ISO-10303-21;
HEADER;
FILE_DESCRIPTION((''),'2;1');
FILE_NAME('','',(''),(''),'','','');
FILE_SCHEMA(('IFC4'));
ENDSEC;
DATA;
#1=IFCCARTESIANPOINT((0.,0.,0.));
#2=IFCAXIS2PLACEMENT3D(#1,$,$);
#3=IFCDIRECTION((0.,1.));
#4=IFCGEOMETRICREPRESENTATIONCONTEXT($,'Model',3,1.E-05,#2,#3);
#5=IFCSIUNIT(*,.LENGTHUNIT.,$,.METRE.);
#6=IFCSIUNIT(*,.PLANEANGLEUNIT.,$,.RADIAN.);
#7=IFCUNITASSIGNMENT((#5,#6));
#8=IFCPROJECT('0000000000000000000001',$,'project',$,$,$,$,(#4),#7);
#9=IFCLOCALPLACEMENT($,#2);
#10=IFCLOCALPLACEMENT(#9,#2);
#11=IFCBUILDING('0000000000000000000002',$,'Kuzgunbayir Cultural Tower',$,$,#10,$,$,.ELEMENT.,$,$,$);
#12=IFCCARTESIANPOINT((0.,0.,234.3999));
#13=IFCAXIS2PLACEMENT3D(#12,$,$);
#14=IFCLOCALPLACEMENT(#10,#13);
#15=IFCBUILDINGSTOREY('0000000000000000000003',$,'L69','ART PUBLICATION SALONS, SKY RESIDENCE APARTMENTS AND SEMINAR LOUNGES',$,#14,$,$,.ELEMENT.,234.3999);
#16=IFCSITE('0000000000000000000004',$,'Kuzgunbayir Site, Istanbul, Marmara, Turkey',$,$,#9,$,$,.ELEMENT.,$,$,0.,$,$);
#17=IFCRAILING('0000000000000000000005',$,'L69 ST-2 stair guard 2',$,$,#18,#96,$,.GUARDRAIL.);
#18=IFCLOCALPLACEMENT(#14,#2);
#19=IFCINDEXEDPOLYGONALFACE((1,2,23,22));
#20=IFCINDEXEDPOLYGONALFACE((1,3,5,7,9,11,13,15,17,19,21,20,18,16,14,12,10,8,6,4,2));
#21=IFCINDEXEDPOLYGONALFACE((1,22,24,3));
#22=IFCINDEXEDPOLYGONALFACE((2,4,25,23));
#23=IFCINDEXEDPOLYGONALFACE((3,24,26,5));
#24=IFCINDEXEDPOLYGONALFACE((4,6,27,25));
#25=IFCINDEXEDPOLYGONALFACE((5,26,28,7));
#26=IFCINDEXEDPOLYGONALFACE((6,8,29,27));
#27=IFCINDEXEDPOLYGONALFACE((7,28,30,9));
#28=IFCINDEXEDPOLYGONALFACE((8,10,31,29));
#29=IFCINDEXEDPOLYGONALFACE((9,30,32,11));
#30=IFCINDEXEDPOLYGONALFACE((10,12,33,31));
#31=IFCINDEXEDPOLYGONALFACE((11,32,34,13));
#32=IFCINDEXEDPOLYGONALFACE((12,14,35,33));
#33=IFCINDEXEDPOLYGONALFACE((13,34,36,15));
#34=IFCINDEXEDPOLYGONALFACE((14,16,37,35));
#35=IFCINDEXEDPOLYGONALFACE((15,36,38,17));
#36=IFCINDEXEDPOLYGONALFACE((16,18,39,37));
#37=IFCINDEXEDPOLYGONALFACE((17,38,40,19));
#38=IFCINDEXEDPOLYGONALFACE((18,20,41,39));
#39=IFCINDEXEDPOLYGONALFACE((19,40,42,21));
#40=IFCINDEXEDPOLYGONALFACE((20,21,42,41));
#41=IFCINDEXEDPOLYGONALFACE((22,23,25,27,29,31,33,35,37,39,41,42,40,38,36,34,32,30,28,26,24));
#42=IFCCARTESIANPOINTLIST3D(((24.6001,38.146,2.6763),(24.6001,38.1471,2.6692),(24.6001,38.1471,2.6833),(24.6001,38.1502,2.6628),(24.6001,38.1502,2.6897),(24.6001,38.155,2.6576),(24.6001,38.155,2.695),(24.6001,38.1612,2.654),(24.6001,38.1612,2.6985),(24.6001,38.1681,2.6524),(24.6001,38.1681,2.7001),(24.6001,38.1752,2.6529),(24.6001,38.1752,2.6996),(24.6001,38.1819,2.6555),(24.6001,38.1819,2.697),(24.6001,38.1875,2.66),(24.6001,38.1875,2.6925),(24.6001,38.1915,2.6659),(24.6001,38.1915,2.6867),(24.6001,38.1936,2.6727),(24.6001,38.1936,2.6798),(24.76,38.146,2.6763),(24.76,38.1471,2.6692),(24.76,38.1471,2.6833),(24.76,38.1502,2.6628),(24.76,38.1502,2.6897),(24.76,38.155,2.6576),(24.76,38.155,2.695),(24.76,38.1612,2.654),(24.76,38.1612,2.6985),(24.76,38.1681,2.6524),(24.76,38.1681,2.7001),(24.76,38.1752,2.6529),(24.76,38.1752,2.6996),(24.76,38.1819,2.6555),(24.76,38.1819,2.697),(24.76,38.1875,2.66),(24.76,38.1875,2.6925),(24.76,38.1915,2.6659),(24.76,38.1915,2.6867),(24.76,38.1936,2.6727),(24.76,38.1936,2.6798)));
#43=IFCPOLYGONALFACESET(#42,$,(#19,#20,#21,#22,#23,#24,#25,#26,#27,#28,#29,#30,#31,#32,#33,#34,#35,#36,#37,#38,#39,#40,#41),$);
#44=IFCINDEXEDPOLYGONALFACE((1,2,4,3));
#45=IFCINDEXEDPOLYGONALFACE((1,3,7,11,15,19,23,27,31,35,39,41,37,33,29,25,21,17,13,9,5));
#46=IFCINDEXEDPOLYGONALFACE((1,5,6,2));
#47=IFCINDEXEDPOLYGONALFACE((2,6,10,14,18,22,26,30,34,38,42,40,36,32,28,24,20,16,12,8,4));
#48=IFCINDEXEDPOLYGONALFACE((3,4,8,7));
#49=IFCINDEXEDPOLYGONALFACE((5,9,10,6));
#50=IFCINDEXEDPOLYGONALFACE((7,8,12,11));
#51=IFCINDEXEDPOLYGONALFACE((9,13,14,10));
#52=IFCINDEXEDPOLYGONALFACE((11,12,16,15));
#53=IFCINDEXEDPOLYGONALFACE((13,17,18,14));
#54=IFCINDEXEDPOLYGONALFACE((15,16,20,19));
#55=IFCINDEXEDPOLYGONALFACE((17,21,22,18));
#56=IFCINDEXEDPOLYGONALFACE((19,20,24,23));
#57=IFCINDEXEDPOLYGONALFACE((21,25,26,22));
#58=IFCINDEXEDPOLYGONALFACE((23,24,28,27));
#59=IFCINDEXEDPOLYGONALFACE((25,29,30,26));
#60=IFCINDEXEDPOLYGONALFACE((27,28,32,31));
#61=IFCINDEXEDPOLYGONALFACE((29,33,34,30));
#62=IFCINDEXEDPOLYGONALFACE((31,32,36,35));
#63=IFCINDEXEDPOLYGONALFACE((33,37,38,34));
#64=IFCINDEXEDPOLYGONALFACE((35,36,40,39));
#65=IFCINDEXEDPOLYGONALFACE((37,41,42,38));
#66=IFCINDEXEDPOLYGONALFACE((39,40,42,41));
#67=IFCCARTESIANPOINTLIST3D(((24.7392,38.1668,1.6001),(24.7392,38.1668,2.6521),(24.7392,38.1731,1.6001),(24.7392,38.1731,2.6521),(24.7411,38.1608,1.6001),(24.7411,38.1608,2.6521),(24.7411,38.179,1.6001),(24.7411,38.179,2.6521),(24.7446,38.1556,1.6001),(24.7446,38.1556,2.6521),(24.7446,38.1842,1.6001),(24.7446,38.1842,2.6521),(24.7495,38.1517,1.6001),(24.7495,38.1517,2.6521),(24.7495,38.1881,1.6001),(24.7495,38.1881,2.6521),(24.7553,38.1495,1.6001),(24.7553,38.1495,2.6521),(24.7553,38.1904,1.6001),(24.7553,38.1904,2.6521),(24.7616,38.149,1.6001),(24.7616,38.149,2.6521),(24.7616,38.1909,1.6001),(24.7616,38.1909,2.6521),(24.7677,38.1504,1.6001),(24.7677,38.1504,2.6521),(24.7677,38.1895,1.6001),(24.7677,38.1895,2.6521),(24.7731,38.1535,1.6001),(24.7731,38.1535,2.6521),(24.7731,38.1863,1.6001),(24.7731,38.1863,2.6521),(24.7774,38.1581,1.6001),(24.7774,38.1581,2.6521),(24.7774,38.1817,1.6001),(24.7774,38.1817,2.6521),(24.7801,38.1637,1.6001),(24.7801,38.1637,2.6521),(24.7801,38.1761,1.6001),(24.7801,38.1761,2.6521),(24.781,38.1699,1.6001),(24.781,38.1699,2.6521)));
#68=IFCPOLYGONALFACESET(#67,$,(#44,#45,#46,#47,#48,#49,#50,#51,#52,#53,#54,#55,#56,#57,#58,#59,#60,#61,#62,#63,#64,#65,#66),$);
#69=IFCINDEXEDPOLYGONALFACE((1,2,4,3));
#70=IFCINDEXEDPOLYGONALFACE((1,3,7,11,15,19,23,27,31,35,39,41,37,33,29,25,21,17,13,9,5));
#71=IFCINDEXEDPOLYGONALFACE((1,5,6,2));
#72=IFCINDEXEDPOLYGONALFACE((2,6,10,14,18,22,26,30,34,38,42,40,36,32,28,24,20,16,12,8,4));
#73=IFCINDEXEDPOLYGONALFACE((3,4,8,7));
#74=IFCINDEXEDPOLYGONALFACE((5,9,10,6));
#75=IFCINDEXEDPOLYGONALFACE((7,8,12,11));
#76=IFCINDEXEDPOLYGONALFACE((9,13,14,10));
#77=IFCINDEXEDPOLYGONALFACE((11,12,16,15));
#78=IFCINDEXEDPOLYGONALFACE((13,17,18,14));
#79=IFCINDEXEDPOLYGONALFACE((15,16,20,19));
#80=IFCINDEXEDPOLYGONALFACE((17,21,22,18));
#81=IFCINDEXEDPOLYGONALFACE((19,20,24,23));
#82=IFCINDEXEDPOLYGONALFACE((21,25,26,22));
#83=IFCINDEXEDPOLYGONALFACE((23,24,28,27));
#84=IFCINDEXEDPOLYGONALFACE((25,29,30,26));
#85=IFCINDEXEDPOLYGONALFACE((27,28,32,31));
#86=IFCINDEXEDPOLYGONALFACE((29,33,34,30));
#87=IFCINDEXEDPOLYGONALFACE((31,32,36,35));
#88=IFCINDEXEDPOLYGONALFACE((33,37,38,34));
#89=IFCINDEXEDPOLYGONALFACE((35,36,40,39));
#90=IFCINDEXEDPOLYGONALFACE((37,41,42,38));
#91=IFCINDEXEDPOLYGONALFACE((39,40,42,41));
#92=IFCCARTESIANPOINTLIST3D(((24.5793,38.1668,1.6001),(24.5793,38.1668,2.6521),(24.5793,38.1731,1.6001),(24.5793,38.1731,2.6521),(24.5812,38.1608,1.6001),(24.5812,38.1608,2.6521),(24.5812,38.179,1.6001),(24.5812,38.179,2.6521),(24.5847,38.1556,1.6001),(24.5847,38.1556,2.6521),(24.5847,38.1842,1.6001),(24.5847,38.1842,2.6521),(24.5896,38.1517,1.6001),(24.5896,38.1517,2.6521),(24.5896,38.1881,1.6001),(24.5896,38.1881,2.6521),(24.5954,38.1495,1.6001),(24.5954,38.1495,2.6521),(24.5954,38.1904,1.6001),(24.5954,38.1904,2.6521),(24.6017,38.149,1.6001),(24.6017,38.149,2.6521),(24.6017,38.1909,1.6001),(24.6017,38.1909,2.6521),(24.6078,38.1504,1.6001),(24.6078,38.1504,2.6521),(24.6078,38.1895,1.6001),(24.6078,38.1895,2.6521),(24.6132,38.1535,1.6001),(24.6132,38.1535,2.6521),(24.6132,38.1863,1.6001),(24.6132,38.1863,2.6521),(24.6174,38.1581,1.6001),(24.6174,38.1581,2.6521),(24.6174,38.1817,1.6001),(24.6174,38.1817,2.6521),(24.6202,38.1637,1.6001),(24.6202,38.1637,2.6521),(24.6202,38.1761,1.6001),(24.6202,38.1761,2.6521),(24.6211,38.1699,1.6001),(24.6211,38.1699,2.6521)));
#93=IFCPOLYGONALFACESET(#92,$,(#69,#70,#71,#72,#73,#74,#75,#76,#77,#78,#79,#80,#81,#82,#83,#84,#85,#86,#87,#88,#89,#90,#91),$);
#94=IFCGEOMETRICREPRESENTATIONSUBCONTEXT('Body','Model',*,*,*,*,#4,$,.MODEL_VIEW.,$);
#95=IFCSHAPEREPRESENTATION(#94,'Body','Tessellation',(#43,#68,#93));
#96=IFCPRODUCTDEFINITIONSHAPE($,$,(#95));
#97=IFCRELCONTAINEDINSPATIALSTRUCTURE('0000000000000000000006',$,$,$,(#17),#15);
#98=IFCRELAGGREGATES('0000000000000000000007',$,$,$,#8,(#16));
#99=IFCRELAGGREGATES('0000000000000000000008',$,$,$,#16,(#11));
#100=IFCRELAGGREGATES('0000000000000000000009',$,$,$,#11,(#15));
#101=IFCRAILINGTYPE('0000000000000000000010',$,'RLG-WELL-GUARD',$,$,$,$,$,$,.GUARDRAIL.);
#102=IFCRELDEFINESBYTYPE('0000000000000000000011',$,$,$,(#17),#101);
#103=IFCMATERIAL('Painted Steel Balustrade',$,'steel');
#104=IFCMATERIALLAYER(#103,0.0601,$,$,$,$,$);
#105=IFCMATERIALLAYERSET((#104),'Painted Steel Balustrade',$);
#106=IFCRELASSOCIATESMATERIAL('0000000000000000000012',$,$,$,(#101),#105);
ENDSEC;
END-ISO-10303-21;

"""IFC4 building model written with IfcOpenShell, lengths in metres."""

from ifc_helpers import new_model, si_unit, direction, frame, origin, origin_2d, place, context, subcontext, project, spatial, circle, extrude, material, layer, layer_set, type_object, element, save


model = new_model("IFC4")

# Units and contexts
model_context = context("Model", 3, precision=1e-05, world=origin(), true_north=direction((0.0, 1.0)))
body_context = subcontext(model_context, "Body", "Model", "MODEL_VIEW")
ifc_project = project(units=[si_unit("LENGTHUNIT", "METRE"), si_unit("PLANEANGLEUNIT", "RADIAN")], contexts=[model_context])

# Site, building, storey
site_placement = place(None, origin())
site = spatial("IfcSite", under=ifc_project, at=site_placement, Name="Kuzgunbayir Site, Istanbul, Marmara, Turkey", CompositionType="ELEMENT", RefElevation=0.0)
building_placement = place(site_placement, origin())
building = spatial("IfcBuilding", under=site, at=building_placement, Name="Kuzgunbayir Cultural Tower", CompositionType="ELEMENT")
storey_placement = place(building_placement, frame((0.0, 0.0, 234.3999)))
storey = spatial("IfcBuildingStorey", under=building, at=storey_placement, Name="L69", Description="ART PUBLICATION SALONS, SKY RESIDENCE APARTMENTS AND SEMINAR LOUNGES", CompositionType="ELEMENT", Elevation=234.3999)

# Railing
ifc_material_1 = material(Name="Painted Steel Balustrade", Category="steel")
ifc_layer_1 = layer(ifc_material_1, 0.0601)
ifc_layer_set_1 = layer_set([ifc_layer_1], Name="Painted Steel Balustrade")
railing_type_1 = type_object("IfcRailingType", Name="RLG-WELL-GUARD", PredefinedType="GUARDRAIL", material=ifc_layer_set_1)
railing_1_placement = place(storey_placement, frame((24.76, 38.1699, 1.6001)))
element("IfcRailing", 1, at=railing_1_placement, inside=storey, type_object=railing_type_1, Name="L69 ST-2 stair guard 2", PredefinedType="GUARDRAIL", context=body_context, shape_type="SweptSolid", body=[
    extrude(circle(Radius=0.0239, at=origin_2d()), frame((0.0, 0.0, 1.0762), z_axis=(-1.0, 0.0, 0.0), x_axis=(0.0, -1.0, 0.0)), (0.0, 0.0, 1.0), 0.1599),
    extrude(circle(Radius=0.021, at=origin_2d()), origin(), (0.0, 0.0, 1.0), 1.052),
    extrude(circle(Radius=0.021, at=origin_2d()), frame((-0.1599, 0.0, 0.0)), (0.0, 0.0, 1.0), 1.052),
])

save(model, "model.ifc")
